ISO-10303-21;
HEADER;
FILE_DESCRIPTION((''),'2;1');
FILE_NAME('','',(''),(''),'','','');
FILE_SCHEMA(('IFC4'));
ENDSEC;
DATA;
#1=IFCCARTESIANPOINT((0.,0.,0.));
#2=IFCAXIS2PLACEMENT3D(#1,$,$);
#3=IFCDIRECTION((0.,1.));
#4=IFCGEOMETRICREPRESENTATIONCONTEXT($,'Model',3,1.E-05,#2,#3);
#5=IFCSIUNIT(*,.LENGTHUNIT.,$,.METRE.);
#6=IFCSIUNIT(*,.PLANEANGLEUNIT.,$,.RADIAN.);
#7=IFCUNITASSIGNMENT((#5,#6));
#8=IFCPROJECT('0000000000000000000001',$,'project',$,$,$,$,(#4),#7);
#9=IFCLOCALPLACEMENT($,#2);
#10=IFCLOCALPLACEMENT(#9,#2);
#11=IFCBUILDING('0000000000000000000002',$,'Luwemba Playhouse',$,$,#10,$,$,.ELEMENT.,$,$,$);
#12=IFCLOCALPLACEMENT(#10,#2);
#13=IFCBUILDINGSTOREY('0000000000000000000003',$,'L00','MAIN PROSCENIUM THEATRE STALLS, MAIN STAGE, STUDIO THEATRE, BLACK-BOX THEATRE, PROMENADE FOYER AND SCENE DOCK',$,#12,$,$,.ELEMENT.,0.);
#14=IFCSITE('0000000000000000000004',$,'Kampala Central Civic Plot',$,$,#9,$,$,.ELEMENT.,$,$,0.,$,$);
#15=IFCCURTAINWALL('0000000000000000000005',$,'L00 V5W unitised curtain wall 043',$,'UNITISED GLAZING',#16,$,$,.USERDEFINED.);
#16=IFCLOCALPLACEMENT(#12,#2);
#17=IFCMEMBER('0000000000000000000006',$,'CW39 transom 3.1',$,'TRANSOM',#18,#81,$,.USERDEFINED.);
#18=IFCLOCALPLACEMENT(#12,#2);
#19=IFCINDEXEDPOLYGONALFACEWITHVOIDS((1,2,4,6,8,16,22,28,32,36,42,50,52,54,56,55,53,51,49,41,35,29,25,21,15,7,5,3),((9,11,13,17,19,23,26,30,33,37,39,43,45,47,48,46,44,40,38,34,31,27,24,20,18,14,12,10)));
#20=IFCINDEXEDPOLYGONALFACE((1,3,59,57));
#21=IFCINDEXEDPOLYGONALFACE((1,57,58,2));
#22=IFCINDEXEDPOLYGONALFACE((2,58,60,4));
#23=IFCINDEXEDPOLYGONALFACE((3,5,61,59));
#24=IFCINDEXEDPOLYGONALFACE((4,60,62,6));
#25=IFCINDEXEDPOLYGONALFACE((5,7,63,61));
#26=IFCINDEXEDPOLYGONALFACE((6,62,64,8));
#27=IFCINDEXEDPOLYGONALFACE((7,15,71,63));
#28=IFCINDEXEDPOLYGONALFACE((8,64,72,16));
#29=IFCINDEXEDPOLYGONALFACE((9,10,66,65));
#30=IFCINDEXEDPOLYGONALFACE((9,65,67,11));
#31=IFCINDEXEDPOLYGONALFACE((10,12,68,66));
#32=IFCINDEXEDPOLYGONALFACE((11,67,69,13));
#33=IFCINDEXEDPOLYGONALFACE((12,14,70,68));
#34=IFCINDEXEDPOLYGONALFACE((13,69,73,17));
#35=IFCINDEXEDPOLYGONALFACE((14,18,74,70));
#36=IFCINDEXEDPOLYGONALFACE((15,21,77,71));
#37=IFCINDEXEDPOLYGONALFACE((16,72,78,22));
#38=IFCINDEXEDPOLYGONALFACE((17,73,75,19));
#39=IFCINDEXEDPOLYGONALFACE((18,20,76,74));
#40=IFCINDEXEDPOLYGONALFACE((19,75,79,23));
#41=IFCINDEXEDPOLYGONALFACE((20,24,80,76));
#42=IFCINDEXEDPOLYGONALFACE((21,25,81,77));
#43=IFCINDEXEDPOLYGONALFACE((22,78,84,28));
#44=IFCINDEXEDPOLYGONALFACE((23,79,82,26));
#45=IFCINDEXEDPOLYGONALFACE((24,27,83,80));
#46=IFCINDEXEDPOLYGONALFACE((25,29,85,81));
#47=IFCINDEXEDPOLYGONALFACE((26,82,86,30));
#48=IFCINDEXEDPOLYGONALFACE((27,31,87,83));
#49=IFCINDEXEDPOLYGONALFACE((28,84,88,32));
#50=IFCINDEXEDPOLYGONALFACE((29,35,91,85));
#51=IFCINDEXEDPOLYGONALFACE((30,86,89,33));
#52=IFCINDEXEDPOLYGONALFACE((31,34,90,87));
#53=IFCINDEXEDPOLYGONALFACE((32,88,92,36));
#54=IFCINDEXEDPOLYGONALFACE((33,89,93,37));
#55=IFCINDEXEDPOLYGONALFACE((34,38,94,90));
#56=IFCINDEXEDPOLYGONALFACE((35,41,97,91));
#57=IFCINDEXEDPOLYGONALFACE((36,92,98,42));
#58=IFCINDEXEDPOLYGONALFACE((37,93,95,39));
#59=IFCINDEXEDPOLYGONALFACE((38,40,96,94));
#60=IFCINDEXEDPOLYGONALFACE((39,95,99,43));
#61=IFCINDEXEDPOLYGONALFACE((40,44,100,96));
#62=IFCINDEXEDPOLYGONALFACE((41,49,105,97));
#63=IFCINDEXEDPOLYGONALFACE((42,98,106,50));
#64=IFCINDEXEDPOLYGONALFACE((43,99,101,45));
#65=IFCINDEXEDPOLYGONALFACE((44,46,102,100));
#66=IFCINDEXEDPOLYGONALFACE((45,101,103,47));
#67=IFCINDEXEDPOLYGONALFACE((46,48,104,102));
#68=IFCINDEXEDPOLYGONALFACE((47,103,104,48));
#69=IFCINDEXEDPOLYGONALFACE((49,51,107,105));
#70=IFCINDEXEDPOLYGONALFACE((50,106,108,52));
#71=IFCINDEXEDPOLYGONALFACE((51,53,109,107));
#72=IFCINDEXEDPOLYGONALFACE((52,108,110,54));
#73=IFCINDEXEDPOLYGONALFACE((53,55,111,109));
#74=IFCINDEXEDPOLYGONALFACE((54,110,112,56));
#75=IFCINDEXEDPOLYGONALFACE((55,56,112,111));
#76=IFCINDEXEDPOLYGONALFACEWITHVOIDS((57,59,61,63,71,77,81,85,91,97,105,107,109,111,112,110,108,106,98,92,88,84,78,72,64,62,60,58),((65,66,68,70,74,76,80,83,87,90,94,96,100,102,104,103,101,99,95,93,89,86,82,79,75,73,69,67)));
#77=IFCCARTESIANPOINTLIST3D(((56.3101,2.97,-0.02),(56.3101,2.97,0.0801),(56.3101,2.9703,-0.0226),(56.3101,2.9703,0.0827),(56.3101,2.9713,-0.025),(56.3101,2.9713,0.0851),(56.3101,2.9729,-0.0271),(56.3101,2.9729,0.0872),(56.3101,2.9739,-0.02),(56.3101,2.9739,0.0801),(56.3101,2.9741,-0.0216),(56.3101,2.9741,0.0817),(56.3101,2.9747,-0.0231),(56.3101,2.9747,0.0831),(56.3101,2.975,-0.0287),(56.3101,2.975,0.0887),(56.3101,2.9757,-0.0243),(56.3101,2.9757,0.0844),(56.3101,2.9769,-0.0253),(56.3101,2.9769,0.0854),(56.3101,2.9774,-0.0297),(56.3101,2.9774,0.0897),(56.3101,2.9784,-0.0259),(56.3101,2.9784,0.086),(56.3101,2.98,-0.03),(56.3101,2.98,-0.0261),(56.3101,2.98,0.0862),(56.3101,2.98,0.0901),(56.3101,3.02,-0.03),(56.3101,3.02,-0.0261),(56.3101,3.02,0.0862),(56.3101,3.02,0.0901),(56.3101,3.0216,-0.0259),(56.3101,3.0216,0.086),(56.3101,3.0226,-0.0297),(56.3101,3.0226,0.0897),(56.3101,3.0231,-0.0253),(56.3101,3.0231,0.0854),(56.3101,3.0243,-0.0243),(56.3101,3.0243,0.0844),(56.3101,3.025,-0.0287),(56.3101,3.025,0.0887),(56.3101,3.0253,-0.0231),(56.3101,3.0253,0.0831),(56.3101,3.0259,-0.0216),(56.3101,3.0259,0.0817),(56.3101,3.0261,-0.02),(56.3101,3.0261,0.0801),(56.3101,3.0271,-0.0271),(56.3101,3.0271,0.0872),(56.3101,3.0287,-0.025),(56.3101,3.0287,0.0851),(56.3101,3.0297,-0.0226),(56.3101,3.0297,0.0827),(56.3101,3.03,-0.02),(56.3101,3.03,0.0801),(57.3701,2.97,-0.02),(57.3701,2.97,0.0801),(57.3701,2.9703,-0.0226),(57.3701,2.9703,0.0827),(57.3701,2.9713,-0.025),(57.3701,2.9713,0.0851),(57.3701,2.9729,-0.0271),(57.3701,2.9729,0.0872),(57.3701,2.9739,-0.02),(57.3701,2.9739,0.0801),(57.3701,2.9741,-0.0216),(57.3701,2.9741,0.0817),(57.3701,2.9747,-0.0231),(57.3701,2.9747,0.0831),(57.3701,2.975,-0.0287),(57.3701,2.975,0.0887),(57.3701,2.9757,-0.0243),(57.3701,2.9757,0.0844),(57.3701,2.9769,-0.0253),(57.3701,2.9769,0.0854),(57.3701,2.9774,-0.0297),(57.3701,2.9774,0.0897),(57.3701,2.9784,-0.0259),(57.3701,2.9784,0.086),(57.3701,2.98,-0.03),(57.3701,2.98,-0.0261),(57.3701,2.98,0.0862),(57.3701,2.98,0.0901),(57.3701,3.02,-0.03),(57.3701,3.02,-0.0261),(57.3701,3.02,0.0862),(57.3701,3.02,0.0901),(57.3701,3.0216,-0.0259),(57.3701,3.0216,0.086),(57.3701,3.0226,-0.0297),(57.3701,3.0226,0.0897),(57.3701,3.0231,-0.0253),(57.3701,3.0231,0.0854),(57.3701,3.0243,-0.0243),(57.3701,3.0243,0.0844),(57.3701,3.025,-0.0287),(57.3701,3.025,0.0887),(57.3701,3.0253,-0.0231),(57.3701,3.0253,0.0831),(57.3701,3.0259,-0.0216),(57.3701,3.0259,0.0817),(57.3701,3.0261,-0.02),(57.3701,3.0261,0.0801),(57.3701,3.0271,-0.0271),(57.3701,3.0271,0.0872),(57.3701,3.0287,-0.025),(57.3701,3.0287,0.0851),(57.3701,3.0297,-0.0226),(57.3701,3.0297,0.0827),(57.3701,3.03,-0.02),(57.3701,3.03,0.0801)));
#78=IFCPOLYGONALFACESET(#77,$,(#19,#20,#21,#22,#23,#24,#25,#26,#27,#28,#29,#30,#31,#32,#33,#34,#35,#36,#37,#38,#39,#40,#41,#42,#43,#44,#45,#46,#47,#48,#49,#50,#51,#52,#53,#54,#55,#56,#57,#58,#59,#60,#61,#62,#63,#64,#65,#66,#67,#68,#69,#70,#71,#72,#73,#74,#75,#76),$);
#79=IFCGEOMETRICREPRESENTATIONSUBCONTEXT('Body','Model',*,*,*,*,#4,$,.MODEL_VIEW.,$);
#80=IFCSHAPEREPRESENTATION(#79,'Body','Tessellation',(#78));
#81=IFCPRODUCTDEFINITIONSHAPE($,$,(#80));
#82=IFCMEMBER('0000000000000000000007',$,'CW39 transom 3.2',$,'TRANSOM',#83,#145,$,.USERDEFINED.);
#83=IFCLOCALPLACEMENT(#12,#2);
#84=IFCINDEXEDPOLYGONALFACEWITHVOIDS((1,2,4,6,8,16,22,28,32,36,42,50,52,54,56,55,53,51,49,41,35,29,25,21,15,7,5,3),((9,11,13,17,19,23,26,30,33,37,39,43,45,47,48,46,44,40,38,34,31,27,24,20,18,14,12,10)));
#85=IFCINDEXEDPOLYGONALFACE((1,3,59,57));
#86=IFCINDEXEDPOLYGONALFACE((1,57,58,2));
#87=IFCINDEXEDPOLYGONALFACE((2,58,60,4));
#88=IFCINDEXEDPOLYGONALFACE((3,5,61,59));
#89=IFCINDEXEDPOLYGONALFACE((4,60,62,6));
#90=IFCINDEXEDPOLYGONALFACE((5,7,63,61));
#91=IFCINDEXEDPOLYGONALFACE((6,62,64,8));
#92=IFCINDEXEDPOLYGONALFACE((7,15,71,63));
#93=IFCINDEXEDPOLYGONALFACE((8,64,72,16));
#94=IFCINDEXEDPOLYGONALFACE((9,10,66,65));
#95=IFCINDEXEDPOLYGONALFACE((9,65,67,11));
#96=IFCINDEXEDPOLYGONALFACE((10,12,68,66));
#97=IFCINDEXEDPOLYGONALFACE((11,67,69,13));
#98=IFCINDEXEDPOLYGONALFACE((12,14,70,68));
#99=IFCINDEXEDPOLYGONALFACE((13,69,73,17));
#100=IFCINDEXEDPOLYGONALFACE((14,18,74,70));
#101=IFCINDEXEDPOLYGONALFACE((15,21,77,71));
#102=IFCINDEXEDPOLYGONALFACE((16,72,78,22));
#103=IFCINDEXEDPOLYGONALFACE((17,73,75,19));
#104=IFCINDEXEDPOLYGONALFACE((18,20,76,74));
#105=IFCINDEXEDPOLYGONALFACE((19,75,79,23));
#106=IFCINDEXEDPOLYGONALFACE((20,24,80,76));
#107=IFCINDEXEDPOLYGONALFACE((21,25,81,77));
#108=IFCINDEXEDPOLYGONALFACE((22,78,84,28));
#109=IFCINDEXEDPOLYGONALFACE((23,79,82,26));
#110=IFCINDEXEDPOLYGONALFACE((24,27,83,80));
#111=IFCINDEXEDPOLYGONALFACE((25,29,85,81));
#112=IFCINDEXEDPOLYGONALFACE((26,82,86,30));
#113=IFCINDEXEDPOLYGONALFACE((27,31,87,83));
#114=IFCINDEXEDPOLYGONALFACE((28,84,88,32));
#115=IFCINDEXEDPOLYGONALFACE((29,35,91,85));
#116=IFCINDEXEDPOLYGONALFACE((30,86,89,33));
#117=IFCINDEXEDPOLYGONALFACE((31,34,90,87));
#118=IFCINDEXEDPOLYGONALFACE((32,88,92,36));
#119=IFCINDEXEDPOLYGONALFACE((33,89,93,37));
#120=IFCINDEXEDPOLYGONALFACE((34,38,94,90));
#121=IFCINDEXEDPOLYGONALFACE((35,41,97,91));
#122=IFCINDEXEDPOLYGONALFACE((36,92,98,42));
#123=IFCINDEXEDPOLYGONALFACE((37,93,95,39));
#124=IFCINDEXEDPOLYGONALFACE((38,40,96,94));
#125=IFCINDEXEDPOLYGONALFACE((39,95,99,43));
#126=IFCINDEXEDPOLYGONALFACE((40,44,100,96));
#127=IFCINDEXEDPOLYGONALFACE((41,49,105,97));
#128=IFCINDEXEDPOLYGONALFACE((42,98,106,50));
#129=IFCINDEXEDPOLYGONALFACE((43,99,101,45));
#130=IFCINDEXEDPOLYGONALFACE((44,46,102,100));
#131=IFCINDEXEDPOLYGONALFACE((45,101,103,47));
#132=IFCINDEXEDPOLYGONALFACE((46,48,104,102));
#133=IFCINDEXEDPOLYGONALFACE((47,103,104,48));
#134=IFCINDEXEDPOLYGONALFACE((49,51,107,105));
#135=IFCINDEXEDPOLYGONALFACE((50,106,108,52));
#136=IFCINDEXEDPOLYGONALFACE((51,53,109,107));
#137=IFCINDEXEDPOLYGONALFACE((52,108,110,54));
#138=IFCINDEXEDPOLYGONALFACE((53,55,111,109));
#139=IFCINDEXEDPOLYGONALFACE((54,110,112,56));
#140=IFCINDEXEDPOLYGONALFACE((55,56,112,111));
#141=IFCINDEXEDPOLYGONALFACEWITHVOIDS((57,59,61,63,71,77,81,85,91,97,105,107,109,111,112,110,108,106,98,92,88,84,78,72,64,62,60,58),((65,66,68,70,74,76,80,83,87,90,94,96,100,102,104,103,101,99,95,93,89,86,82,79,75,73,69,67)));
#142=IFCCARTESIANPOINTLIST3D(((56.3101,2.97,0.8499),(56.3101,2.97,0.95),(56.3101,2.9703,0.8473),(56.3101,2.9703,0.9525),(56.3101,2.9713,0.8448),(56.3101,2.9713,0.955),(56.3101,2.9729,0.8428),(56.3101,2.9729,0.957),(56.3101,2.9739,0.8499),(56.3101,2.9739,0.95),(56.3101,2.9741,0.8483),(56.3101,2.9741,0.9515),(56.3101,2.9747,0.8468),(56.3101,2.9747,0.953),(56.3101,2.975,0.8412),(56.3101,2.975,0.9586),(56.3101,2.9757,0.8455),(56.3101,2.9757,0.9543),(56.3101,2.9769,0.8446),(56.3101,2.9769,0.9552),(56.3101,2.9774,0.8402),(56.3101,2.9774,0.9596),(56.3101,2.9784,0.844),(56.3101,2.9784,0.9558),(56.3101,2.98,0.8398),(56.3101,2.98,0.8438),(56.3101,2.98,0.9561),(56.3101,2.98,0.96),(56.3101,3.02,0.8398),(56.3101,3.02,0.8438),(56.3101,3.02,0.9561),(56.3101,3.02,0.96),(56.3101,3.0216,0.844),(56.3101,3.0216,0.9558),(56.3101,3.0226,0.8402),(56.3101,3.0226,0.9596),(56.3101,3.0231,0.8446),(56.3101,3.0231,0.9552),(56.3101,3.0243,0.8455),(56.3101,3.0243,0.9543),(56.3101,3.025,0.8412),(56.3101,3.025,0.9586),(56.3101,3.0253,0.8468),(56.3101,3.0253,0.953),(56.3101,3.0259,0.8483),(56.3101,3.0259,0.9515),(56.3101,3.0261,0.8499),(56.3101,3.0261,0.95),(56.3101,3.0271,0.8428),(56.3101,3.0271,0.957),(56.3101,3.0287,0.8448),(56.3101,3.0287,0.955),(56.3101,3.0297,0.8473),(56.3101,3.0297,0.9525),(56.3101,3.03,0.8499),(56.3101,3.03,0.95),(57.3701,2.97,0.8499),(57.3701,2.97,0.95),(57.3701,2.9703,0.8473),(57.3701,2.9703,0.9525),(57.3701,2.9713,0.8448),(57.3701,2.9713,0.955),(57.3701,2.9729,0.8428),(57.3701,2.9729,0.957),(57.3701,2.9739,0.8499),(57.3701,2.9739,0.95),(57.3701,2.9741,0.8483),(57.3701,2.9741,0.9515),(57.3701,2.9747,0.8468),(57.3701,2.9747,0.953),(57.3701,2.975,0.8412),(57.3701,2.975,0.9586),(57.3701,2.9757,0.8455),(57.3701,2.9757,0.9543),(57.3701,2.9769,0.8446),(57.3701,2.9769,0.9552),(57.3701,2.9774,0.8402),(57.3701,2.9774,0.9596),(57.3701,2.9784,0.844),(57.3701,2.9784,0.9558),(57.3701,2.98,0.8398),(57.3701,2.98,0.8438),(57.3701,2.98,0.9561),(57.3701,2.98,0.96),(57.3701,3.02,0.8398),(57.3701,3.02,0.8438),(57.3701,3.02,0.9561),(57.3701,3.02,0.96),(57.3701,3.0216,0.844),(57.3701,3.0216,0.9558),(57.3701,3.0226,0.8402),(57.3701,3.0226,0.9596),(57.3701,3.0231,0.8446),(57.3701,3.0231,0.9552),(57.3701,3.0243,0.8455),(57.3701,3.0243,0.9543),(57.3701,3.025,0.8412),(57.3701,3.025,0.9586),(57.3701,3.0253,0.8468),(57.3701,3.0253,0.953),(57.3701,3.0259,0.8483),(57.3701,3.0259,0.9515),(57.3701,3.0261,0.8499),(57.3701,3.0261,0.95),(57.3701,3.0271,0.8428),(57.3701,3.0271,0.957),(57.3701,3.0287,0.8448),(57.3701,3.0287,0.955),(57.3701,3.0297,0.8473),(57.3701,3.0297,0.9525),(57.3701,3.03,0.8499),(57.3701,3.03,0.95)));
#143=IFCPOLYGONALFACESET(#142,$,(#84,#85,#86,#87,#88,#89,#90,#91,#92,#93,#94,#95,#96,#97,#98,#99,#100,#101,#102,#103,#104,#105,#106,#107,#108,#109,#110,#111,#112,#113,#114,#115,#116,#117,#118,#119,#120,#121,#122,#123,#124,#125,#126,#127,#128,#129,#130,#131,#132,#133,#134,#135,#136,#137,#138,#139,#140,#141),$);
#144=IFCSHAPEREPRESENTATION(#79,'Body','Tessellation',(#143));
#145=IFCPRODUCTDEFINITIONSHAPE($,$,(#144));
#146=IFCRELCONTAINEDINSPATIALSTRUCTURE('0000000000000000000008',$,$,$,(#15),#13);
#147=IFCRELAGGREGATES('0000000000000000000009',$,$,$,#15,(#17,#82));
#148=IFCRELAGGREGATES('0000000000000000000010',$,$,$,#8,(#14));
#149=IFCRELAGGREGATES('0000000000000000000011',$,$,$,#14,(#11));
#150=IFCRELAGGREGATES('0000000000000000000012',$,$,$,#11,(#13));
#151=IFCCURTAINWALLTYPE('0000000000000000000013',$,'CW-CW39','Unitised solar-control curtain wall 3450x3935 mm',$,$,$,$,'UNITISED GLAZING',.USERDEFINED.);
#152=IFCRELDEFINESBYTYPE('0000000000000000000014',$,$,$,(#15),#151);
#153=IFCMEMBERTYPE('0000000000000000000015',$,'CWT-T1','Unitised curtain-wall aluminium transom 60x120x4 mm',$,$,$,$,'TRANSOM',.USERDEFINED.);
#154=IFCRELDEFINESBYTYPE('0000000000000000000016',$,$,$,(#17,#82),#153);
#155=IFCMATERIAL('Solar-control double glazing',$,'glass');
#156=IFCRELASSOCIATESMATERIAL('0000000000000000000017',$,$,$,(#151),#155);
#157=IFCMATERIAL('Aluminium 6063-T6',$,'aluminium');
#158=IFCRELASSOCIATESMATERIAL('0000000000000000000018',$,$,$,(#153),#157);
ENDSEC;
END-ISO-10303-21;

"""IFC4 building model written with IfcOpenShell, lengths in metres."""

from ifc_helpers import new_model, si_unit, direction, frame, origin, origin_2d, place, context, subcontext, project, spatial, hollow_rectangle, extrude, material, material_profile, profile_set, type_object, element, aggregate, save


model = new_model("IFC4")

# Units and contexts
model_context = context("Model", 3, precision=1e-05, world=origin(), true_north=direction((0.0, 1.0)))
body_context = subcontext(model_context, "Body", "Model", "MODEL_VIEW")
ifc_project = project(units=[si_unit("LENGTHUNIT", "METRE"), si_unit("PLANEANGLEUNIT", "RADIAN")], contexts=[model_context])

# Site, building, storey
site_placement = place(None, origin())
site = spatial("IfcSite", under=ifc_project, at=site_placement, Name="Kampala Central Civic Plot", CompositionType="ELEMENT", RefElevation=0.0)
building_placement = place(site_placement, origin())
building = spatial("IfcBuilding", under=site, at=building_placement, Name="Luwemba Playhouse", CompositionType="ELEMENT")
storey_placement = place(building_placement, origin())
storey = spatial("IfcBuildingStorey", under=building, at=storey_placement, Name="L00", Description="MAIN PROSCENIUM THEATRE STALLS, MAIN STAGE, STUDIO THEATRE, BLACK-BOX THEATRE, PROMENADE FOYER AND SCENE DOCK", CompositionType="ELEMENT", Elevation=0.0)

# Curtain wall
ifc_material_1 = material(Name="Solar-control double glazing", Category="glass")
curtain_wall_type_1 = type_object("IfcCurtainWallType", Name="CW-CW39", Description="Unitised solar-control curtain wall 3450x3935 mm", ElementType="UNITISED GLAZING", PredefinedType="USERDEFINED", material=ifc_material_1)
curtain_wall_1_placement = place(storey_placement, origin())
curtain_wall_1 = element("IfcCurtainWall", 1, at=curtain_wall_1_placement, inside=storey, type_object=curtain_wall_type_1, Name="L00 V5W unitised curtain wall 043", ObjectType="UNITISED GLAZING", PredefinedType="USERDEFINED")
ifc_material_2 = material(Name="Aluminium 6063-T6", Category="aluminium")

# Members
ifc_material_profile_1 = material_profile(ifc_material_2, hollow_rectangle(XDim=0.0601, YDim=0.1201, WallThickness=0.0039, InnerFilletRadius=0.0061, OuterFilletRadius=0.01, at=origin_2d()))
ifc_profile_set_1 = profile_set([ifc_material_profile_1], Name="Aluminium 6063-T6")
member_type_1 = type_object("IfcMemberType", Name="CWT-T1", Description="Unitised curtain-wall aluminium transom 60x120x4 mm", ElementType="TRANSOM", PredefinedType="USERDEFINED", material=ifc_profile_set_1)
member_1_placement = place(storey_placement, frame((57.3701, 3.0, 0.03), z_axis=(-1.0, 0.0, 0.0), x_axis=(0.0, -1.0, 0.0)))
member_1 = element("IfcMember", 2, at=member_1_placement, type_object=member_type_1, Name="CW39 transom 3.1", ObjectType="TRANSOM", PredefinedType="USERDEFINED", context=body_context, shape_type="SweptSolid", body=[
    extrude(hollow_rectangle(XDim=0.0601, YDim=0.1201, WallThickness=0.0039, InnerFilletRadius=0.0061, OuterFilletRadius=0.01, at=origin_2d()), origin(), (0.0, 0.0, 1.0), 1.0601),
])
member_2_placement = place(storey_placement, frame((57.3701, 3.0, 0.8999), z_axis=(-1.0, 0.0, 0.0), x_axis=(0.0, -1.0, 0.0)))
member_2 = element("IfcMember", 3, at=member_2_placement, type_object=member_type_1, Name="CW39 transom 3.2", ObjectType="TRANSOM", PredefinedType="USERDEFINED", context=body_context, shape_type="SweptSolid", body=[
    extrude(hollow_rectangle(XDim=0.0601, YDim=0.1201, WallThickness=0.0039, InnerFilletRadius=0.0061, OuterFilletRadius=0.01, at=origin_2d()), origin(), (0.0, 0.0, 1.0), 1.0601),
])

aggregate(curtain_wall_1, [member_1, member_2])

save(model, "model.ifc")
